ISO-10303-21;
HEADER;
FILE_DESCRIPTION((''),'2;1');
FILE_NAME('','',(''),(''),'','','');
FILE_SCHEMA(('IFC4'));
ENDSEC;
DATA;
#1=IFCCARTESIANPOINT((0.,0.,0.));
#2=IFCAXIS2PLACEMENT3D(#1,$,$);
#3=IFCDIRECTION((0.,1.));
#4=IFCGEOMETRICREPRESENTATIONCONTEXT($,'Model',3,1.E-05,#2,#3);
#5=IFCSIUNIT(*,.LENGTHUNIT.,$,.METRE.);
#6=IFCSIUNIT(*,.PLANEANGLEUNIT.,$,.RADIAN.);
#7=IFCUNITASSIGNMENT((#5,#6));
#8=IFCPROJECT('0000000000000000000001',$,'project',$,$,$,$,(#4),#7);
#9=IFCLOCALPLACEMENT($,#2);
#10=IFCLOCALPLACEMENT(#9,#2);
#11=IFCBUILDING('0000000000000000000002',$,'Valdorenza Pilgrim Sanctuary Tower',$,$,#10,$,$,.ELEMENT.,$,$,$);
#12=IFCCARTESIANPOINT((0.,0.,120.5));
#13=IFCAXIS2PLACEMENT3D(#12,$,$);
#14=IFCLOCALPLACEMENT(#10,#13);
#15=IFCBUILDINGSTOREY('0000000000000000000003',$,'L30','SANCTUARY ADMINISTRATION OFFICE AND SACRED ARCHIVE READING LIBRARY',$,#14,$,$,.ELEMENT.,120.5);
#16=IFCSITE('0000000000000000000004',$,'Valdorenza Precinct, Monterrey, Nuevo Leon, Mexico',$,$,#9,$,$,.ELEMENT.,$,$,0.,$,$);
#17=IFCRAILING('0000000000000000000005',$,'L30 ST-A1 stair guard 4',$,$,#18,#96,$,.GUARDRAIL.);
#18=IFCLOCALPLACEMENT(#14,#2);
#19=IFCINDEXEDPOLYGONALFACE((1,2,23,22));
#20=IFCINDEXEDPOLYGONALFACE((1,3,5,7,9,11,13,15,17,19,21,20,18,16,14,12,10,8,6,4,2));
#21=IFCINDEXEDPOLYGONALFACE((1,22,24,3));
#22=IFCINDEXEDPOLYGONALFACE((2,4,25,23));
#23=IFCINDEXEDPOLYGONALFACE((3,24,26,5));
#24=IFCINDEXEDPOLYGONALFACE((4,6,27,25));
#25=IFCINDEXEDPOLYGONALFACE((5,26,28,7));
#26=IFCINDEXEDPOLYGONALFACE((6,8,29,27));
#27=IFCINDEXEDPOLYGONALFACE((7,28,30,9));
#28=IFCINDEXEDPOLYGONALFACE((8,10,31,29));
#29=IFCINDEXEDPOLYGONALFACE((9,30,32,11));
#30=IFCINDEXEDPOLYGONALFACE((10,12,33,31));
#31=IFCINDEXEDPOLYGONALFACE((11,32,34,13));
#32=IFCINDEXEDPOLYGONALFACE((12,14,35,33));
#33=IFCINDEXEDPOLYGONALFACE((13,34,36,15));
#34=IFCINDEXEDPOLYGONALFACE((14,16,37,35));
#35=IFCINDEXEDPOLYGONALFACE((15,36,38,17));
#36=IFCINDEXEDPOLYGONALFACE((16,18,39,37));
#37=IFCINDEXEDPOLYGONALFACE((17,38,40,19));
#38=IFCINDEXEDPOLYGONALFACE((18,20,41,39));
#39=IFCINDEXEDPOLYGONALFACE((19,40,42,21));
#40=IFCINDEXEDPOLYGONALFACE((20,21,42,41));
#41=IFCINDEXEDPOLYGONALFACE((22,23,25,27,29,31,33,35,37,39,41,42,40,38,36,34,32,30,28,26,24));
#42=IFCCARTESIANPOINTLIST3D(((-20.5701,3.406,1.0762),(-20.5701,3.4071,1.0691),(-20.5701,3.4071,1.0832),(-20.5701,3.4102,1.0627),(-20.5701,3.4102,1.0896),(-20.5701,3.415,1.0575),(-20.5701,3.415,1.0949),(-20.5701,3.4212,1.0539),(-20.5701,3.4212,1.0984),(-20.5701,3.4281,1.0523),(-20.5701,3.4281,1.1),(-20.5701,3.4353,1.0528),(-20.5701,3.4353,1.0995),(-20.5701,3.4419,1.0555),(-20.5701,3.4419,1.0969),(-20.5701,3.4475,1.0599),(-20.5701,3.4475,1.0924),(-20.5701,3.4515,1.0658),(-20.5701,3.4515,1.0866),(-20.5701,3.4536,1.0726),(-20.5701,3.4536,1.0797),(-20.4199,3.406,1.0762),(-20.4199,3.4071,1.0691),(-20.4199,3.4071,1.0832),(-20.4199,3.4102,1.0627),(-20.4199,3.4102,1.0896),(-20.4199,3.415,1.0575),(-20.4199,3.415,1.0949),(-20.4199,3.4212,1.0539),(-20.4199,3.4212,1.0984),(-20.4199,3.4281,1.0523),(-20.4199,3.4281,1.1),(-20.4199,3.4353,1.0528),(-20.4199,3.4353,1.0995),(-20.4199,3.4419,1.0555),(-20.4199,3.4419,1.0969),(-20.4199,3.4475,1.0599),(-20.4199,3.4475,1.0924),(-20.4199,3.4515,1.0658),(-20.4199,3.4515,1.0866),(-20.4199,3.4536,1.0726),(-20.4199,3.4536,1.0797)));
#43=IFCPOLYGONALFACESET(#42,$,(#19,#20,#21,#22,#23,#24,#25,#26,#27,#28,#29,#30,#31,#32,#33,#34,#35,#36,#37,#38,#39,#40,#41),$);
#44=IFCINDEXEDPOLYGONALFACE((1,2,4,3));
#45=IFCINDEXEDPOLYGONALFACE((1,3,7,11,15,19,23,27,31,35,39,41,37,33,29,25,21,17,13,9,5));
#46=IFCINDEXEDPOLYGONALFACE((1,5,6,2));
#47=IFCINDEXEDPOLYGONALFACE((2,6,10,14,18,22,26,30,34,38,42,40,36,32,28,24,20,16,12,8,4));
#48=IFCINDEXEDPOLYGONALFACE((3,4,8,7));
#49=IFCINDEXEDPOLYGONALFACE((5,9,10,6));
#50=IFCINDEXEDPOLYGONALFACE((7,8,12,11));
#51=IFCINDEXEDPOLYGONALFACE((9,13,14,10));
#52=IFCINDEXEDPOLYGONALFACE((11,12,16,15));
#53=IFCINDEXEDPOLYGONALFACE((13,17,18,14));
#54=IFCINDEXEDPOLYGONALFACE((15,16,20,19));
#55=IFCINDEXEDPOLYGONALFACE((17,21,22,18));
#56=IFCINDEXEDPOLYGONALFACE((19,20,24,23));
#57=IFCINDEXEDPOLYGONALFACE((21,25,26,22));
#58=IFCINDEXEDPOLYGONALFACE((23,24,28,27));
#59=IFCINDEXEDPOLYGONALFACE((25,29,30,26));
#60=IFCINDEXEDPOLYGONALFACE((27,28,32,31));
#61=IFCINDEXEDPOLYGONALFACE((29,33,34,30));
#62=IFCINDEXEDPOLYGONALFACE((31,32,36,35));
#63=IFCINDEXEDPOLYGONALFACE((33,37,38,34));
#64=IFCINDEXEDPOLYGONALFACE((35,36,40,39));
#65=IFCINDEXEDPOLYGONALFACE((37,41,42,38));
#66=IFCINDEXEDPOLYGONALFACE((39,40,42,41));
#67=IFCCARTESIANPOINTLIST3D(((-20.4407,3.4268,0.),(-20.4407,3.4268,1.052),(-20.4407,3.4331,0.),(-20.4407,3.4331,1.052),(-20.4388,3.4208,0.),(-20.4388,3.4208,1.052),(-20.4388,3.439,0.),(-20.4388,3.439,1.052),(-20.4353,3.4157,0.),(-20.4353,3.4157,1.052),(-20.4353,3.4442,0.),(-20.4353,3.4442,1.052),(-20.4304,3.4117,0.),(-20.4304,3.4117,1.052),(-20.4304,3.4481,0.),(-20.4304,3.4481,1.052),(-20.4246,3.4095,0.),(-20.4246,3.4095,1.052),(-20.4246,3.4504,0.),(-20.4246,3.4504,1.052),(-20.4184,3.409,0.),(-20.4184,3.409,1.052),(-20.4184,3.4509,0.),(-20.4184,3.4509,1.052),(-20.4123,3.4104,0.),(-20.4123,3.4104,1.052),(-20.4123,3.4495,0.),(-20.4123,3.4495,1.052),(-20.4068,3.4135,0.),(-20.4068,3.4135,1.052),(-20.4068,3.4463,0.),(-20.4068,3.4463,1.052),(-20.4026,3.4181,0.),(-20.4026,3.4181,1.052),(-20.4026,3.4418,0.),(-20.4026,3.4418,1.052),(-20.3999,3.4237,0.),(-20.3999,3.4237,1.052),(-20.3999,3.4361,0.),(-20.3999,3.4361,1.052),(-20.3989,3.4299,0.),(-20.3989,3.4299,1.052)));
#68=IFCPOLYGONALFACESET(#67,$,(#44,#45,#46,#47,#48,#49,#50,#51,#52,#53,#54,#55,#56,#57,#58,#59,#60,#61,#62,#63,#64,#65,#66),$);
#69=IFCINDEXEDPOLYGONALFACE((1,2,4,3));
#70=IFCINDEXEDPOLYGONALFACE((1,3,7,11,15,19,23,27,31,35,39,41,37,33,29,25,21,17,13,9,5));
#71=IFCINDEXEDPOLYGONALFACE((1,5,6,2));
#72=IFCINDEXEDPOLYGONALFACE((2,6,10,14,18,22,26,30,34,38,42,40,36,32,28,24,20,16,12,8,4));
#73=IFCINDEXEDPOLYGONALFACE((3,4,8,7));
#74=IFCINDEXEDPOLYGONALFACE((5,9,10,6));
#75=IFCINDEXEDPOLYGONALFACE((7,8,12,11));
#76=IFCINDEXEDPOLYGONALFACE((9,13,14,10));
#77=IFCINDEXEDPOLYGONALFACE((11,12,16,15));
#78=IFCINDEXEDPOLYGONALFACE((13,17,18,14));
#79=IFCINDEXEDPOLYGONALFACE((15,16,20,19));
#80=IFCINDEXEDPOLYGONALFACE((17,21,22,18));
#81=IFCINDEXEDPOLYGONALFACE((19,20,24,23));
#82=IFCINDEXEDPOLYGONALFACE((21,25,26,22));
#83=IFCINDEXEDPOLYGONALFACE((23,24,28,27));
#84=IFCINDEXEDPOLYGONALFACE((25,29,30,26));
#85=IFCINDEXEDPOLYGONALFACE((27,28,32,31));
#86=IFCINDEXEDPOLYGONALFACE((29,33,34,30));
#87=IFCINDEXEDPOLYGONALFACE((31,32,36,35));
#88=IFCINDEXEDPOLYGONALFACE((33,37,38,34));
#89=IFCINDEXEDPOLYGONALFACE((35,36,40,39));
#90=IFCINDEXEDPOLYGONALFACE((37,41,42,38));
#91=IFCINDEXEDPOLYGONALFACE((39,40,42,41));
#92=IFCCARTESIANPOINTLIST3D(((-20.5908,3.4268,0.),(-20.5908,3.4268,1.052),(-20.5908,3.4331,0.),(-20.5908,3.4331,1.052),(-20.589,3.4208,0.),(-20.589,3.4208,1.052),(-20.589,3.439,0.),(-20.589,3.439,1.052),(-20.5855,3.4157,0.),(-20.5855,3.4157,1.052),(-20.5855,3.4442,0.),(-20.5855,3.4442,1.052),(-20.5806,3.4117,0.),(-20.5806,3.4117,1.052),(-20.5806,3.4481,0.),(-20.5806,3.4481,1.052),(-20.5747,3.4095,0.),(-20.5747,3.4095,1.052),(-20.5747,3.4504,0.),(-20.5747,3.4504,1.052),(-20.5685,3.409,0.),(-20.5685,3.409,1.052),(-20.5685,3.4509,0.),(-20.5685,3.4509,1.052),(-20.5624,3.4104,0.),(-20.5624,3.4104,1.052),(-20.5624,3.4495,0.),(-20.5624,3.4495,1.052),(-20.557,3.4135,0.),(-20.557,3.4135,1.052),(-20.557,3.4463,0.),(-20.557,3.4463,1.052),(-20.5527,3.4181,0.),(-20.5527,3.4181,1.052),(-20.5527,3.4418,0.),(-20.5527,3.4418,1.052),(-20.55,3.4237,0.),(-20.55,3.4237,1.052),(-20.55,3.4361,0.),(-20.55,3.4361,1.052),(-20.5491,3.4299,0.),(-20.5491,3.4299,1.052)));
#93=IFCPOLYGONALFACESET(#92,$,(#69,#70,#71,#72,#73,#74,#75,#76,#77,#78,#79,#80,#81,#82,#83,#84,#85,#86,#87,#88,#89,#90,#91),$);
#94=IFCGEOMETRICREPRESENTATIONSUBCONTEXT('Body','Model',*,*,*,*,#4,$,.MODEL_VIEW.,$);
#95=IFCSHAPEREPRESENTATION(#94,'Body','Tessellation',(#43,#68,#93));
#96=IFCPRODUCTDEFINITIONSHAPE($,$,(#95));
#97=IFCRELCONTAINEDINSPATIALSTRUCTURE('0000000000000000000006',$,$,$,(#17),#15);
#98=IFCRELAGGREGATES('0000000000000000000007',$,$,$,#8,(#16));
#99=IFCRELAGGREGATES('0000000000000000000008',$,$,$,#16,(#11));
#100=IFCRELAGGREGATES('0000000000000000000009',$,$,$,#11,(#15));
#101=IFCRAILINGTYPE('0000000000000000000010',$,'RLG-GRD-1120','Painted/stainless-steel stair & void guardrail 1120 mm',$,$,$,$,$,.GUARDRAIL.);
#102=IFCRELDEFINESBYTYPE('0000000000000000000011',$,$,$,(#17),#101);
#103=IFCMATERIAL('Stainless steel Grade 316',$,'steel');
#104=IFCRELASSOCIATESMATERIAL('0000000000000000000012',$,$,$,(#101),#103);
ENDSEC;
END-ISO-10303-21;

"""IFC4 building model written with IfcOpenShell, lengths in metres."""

from ifc_helpers import new_model, si_unit, direction, frame, origin, origin_2d, place, context, subcontext, project, spatial, circle, extrude, material, type_object, element, save


model = new_model("IFC4")

# Units and contexts
model_context = context("Model", 3, precision=1e-05, world=origin(), true_north=direction((0.0, 1.0)))
body_context = subcontext(model_context, "Body", "Model", "MODEL_VIEW")
ifc_project = project(units=[si_unit("LENGTHUNIT", "METRE"), si_unit("PLANEANGLEUNIT", "RADIAN")], contexts=[model_context])

# Site, building, storey
site_placement = place(None, origin())
site = spatial("IfcSite", under=ifc_project, at=site_placement, Name="Valdorenza Precinct, Monterrey, Nuevo Leon, Mexico", CompositionType="ELEMENT", RefElevation=0.0)
building_placement = place(site_placement, origin())
building = spatial("IfcBuilding", under=site, at=building_placement, Name="Valdorenza Pilgrim Sanctuary Tower", CompositionType="ELEMENT")
storey_placement = place(building_placement, frame((0.0, 0.0, 120.5)))
storey = spatial("IfcBuildingStorey", under=building, at=storey_placement, Name="L30", Description="SANCTUARY ADMINISTRATION OFFICE AND SACRED ARCHIVE READING LIBRARY", CompositionType="ELEMENT", Elevation=120.5)

# Railing
ifc_material_1 = material(Name="Stainless steel Grade 316", Category="steel")
railing_type_1 = type_object("IfcRailingType", Name="RLG-GRD-1120", Description="Painted/stainless-steel stair & void guardrail 1120 mm", PredefinedType="GUARDRAIL", material=ifc_material_1)
railing_1_placement = place(storey_placement, frame((-20.4199, 3.4299, 0.0)))
element("IfcRailing", 1, at=railing_1_placement, inside=storey, type_object=railing_type_1, Name="L30 ST-A1 stair guard 4", PredefinedType="GUARDRAIL", context=body_context, shape_type="SweptSolid", body=[
    extrude(circle(Radius=0.0239, at=origin_2d()), frame((0.0, 0.0, 1.0762), z_axis=(-1.0, 0.0, 0.0), x_axis=(0.0, -1.0, 0.0)), (0.0, 0.0, 1.0), 0.1501),
    extrude(circle(Radius=0.021, at=origin_2d()), origin(), (0.0, 0.0, 1.0), 1.052),
    extrude(circle(Radius=0.021, at=origin_2d()), frame((-0.1501, 0.0, 0.0)), (0.0, 0.0, 1.0), 1.052),
])

save(model, "model.ifc")
